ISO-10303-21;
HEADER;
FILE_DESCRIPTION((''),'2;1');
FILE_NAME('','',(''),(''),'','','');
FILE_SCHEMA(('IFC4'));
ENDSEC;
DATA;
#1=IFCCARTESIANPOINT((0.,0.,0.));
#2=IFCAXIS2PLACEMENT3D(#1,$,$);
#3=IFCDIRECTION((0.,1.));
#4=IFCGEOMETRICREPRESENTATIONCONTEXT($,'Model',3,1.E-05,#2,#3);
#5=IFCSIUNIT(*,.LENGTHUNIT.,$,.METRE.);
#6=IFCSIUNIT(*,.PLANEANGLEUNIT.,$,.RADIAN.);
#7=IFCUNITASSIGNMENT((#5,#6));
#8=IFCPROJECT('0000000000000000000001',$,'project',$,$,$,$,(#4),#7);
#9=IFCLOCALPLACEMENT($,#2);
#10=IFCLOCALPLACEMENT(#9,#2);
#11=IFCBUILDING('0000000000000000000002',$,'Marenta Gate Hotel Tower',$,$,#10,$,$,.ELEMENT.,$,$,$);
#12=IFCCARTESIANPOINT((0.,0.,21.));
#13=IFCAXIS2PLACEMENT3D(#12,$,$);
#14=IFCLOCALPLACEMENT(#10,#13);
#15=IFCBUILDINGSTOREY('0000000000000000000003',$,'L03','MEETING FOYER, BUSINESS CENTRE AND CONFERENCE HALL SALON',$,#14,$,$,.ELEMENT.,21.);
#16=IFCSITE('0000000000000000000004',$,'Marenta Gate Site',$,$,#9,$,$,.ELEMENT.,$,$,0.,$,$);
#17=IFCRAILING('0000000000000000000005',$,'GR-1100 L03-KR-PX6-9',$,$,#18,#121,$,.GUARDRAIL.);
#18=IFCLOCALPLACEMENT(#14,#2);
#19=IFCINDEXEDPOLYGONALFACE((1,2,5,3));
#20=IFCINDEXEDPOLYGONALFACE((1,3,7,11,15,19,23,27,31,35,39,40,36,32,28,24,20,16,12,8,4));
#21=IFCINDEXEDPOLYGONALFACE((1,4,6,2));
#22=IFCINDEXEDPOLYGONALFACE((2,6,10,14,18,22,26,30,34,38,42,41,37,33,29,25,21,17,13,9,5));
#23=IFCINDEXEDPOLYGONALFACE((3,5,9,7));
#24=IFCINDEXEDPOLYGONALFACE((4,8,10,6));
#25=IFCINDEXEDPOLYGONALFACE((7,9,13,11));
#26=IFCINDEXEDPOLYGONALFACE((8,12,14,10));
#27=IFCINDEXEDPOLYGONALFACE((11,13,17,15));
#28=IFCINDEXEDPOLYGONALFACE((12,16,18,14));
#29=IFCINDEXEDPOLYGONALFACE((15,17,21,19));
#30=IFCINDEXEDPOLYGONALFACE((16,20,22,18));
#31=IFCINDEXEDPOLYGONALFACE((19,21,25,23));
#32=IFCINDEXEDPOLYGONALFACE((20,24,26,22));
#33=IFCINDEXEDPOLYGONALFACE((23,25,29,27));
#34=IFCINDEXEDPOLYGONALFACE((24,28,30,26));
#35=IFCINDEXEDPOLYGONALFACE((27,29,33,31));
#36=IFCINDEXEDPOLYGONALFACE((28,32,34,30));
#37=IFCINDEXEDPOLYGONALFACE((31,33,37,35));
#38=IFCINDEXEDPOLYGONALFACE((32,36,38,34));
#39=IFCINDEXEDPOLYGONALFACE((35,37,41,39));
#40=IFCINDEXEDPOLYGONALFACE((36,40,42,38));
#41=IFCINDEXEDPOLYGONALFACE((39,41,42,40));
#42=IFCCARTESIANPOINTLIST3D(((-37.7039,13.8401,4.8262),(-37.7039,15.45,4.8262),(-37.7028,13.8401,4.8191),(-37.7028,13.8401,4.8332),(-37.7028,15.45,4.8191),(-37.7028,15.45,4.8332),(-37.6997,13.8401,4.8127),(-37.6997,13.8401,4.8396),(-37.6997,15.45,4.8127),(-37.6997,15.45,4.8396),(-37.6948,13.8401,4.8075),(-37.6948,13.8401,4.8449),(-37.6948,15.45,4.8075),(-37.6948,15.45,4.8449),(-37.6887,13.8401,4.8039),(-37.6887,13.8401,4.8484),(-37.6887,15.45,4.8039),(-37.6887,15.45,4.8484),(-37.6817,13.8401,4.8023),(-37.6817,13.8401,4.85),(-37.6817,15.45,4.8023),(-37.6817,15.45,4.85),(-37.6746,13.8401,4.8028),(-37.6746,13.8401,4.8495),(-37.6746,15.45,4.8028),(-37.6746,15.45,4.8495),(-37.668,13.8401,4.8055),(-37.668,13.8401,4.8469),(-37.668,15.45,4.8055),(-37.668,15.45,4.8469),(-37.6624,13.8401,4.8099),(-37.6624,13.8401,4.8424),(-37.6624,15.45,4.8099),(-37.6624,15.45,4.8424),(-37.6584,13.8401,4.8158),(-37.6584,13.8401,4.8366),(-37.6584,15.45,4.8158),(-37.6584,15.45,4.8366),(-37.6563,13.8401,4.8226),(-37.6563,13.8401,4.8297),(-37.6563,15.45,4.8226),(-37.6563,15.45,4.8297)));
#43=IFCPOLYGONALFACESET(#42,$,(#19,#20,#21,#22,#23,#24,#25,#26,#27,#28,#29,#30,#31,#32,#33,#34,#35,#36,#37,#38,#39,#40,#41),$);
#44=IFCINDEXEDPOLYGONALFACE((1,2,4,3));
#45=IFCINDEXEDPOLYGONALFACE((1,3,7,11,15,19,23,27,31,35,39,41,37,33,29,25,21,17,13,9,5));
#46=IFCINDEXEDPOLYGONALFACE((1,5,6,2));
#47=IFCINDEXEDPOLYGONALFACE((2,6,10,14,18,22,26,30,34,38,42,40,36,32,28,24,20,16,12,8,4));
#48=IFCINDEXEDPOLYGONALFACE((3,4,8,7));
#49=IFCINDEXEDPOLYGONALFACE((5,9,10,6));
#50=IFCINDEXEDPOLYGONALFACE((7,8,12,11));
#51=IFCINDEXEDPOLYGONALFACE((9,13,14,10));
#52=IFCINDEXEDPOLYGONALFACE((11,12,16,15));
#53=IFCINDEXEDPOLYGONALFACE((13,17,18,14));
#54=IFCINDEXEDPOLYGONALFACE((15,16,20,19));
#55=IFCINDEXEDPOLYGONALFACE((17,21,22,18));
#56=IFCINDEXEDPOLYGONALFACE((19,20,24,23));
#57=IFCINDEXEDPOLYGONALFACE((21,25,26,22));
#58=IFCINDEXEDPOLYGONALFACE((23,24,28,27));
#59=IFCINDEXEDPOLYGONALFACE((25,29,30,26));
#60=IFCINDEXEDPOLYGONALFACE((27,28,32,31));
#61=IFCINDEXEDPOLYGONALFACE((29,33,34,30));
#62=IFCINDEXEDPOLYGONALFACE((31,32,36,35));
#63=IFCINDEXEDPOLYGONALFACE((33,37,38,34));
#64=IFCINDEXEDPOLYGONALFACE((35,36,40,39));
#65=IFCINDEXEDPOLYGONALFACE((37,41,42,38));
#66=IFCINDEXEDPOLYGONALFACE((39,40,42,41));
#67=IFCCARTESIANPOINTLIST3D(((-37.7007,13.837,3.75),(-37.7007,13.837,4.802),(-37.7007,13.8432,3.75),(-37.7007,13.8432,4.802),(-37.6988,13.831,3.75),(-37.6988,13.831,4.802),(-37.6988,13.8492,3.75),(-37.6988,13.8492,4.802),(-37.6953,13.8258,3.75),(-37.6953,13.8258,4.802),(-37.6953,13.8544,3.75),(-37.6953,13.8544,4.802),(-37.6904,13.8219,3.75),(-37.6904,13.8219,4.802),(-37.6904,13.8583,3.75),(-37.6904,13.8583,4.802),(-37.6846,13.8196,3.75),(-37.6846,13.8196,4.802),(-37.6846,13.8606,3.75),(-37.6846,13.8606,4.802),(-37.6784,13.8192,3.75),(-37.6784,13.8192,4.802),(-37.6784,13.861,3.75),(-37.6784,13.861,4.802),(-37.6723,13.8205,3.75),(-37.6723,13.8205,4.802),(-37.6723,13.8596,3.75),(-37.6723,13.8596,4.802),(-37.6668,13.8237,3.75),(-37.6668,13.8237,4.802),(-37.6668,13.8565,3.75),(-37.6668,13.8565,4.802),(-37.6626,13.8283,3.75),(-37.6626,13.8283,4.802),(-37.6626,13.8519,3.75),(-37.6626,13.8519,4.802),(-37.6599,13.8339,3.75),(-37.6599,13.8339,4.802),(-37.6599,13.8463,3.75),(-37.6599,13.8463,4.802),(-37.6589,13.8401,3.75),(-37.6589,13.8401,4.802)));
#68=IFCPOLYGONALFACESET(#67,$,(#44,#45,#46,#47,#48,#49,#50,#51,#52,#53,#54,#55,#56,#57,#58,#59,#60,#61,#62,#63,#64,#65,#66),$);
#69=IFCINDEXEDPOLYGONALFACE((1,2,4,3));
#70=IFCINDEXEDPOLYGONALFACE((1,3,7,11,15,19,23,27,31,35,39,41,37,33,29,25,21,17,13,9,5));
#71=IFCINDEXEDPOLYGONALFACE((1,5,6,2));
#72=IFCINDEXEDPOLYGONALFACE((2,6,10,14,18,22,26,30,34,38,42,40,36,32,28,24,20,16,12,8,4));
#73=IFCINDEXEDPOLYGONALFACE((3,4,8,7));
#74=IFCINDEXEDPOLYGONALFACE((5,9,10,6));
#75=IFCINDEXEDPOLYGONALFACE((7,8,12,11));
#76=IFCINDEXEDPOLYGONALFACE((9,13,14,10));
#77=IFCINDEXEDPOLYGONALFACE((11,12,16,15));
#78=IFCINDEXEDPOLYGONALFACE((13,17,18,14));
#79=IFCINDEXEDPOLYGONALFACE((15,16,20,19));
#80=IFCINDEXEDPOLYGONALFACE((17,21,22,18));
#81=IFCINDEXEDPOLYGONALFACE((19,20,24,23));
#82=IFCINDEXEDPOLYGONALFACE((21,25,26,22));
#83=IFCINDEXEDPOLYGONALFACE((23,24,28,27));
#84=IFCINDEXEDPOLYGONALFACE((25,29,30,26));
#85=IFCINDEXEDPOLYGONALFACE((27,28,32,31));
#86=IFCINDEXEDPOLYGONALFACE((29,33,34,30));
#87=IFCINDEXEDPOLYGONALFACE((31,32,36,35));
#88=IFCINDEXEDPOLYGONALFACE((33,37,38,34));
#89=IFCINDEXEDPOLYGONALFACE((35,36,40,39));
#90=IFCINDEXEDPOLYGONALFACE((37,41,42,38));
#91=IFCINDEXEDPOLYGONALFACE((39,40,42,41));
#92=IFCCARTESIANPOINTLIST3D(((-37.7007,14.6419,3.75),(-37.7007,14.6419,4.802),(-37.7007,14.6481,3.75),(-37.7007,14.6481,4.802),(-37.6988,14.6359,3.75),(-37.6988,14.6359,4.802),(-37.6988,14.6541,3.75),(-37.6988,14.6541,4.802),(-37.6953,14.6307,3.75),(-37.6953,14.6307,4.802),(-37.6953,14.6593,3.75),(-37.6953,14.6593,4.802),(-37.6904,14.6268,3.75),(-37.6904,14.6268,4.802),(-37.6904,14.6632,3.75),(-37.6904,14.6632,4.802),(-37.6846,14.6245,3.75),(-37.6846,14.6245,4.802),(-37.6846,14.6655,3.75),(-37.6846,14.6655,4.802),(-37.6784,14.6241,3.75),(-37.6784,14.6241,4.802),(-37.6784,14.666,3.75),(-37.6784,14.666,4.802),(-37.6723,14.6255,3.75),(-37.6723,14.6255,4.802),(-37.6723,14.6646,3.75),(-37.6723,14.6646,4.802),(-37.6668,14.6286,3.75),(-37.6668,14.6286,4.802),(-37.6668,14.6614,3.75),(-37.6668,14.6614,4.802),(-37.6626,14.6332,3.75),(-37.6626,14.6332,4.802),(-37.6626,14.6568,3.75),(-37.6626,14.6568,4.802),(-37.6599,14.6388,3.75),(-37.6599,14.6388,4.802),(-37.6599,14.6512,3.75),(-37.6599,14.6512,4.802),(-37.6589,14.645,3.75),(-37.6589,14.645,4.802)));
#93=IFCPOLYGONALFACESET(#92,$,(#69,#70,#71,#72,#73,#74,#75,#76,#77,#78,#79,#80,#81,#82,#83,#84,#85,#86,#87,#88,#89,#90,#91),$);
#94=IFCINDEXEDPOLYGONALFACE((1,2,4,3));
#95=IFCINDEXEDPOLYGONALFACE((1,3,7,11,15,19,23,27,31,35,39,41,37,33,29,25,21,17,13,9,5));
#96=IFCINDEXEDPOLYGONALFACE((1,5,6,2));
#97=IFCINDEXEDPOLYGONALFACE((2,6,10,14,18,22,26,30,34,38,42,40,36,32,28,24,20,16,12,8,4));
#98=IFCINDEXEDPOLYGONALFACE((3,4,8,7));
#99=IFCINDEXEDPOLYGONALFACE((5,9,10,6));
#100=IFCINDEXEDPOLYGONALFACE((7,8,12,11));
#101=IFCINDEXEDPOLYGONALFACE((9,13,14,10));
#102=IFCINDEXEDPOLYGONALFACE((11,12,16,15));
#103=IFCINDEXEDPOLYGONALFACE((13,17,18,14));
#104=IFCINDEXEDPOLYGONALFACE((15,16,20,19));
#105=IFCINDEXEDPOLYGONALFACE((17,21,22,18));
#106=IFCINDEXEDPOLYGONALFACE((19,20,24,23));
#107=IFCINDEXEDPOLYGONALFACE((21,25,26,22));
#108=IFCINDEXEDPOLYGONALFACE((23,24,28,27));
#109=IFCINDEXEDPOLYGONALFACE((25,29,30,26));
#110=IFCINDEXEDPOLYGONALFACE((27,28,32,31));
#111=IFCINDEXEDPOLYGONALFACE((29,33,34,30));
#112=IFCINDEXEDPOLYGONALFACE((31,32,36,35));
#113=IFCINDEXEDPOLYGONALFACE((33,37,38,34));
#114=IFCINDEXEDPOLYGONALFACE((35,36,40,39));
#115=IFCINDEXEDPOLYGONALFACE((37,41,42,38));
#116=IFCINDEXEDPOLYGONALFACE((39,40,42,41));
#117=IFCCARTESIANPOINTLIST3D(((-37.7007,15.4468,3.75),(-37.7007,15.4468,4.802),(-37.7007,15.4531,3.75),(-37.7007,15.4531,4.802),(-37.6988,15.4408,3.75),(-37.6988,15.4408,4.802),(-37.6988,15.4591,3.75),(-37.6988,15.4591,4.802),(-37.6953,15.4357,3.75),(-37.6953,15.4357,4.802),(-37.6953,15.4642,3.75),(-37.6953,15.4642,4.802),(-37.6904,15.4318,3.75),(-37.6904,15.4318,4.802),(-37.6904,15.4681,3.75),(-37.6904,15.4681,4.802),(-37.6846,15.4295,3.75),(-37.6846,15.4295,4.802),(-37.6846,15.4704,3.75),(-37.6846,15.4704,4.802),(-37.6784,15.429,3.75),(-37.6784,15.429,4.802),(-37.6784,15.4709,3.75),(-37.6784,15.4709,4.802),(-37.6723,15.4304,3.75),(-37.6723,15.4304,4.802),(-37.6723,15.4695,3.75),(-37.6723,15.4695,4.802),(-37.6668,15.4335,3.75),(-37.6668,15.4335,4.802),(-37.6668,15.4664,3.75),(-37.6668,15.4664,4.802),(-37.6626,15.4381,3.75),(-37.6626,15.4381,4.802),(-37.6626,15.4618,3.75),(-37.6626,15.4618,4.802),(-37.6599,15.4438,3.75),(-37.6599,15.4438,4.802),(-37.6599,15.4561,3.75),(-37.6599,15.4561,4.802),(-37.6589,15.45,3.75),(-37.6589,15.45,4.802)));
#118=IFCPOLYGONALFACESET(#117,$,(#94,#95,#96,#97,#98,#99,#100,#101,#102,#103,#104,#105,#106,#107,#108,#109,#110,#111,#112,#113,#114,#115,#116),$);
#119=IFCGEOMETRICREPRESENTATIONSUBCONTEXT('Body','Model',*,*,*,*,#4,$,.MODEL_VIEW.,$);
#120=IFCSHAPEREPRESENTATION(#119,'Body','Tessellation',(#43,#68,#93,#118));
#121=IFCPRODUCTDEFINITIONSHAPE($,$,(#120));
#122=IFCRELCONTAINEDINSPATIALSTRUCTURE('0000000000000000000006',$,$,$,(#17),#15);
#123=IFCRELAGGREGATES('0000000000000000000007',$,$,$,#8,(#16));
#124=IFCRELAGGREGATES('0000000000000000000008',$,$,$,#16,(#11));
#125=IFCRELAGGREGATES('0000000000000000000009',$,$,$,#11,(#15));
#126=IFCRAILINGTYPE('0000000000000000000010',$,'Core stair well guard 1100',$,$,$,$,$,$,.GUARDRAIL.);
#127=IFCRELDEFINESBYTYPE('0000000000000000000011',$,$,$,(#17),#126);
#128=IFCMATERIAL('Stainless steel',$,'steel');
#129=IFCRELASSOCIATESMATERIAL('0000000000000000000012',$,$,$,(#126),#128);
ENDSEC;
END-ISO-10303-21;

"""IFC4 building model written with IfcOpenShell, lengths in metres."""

from ifc_helpers import new_model, si_unit, direction, frame, origin, origin_2d, place, context, subcontext, project, spatial, circle, extrude, material, type_object, element, save


model = new_model("IFC4")

# Units and contexts
model_context = context("Model", 3, precision=1e-05, world=origin(), true_north=direction((0.0, 1.0)))
body_context = subcontext(model_context, "Body", "Model", "MODEL_VIEW")
ifc_project = project(units=[si_unit("LENGTHUNIT", "METRE"), si_unit("PLANEANGLEUNIT", "RADIAN")], contexts=[model_context])

# Site, building, storey
site_placement = place(None, origin())
site = spatial("IfcSite", under=ifc_project, at=site_placement, Name="Marenta Gate Site", CompositionType="ELEMENT", RefElevation=0.0)
building_placement = place(site_placement, origin())
building = spatial("IfcBuilding", under=site, at=building_placement, Name="Marenta Gate Hotel Tower", CompositionType="ELEMENT")
storey_placement = place(building_placement, frame((0.0, 0.0, 21.0)))
storey = spatial("IfcBuildingStorey", under=building, at=storey_placement, Name="L03", Description="MEETING FOYER, BUSINESS CENTRE AND CONFERENCE HALL SALON", CompositionType="ELEMENT", Elevation=21.0)

# Railing
ifc_material_1 = material(Name="Stainless steel", Category="steel")
railing_type_1 = type_object("IfcRailingType", Name="Core stair well guard 1100", PredefinedType="GUARDRAIL", material=ifc_material_1)
railing_1_placement = place(storey_placement, frame((-37.6799, 13.8401, 3.75)))
element("IfcRailing", 1, at=railing_1_placement, inside=storey, type_object=railing_type_1, Name="GR-1100 L03-KR-PX6-9", PredefinedType="GUARDRAIL", context=body_context, shape_type="SweptSolid", body=[
    extrude(circle(Radius=0.0239, at=origin_2d()), frame((0.0, 0.0, 1.0762), z_axis=(0.0, 1.0, 0.0), x_axis=(-1.0, 0.0, 0.0)), (0.0, 0.0, 1.0), 1.6099),
    extrude(circle(Radius=0.021, at=origin_2d()), origin(), (0.0, 0.0, 1.0), 1.052),
    extrude(circle(Radius=0.021, at=origin_2d()), frame((0.0, 0.8049, 0.0)), (0.0, 0.0, 1.0), 1.052),
    extrude(circle(Radius=0.021, at=origin_2d()), frame((0.0, 1.6099, 0.0)), (0.0, 0.0, 1.0), 1.052),
])

save(model, "model.ifc")
